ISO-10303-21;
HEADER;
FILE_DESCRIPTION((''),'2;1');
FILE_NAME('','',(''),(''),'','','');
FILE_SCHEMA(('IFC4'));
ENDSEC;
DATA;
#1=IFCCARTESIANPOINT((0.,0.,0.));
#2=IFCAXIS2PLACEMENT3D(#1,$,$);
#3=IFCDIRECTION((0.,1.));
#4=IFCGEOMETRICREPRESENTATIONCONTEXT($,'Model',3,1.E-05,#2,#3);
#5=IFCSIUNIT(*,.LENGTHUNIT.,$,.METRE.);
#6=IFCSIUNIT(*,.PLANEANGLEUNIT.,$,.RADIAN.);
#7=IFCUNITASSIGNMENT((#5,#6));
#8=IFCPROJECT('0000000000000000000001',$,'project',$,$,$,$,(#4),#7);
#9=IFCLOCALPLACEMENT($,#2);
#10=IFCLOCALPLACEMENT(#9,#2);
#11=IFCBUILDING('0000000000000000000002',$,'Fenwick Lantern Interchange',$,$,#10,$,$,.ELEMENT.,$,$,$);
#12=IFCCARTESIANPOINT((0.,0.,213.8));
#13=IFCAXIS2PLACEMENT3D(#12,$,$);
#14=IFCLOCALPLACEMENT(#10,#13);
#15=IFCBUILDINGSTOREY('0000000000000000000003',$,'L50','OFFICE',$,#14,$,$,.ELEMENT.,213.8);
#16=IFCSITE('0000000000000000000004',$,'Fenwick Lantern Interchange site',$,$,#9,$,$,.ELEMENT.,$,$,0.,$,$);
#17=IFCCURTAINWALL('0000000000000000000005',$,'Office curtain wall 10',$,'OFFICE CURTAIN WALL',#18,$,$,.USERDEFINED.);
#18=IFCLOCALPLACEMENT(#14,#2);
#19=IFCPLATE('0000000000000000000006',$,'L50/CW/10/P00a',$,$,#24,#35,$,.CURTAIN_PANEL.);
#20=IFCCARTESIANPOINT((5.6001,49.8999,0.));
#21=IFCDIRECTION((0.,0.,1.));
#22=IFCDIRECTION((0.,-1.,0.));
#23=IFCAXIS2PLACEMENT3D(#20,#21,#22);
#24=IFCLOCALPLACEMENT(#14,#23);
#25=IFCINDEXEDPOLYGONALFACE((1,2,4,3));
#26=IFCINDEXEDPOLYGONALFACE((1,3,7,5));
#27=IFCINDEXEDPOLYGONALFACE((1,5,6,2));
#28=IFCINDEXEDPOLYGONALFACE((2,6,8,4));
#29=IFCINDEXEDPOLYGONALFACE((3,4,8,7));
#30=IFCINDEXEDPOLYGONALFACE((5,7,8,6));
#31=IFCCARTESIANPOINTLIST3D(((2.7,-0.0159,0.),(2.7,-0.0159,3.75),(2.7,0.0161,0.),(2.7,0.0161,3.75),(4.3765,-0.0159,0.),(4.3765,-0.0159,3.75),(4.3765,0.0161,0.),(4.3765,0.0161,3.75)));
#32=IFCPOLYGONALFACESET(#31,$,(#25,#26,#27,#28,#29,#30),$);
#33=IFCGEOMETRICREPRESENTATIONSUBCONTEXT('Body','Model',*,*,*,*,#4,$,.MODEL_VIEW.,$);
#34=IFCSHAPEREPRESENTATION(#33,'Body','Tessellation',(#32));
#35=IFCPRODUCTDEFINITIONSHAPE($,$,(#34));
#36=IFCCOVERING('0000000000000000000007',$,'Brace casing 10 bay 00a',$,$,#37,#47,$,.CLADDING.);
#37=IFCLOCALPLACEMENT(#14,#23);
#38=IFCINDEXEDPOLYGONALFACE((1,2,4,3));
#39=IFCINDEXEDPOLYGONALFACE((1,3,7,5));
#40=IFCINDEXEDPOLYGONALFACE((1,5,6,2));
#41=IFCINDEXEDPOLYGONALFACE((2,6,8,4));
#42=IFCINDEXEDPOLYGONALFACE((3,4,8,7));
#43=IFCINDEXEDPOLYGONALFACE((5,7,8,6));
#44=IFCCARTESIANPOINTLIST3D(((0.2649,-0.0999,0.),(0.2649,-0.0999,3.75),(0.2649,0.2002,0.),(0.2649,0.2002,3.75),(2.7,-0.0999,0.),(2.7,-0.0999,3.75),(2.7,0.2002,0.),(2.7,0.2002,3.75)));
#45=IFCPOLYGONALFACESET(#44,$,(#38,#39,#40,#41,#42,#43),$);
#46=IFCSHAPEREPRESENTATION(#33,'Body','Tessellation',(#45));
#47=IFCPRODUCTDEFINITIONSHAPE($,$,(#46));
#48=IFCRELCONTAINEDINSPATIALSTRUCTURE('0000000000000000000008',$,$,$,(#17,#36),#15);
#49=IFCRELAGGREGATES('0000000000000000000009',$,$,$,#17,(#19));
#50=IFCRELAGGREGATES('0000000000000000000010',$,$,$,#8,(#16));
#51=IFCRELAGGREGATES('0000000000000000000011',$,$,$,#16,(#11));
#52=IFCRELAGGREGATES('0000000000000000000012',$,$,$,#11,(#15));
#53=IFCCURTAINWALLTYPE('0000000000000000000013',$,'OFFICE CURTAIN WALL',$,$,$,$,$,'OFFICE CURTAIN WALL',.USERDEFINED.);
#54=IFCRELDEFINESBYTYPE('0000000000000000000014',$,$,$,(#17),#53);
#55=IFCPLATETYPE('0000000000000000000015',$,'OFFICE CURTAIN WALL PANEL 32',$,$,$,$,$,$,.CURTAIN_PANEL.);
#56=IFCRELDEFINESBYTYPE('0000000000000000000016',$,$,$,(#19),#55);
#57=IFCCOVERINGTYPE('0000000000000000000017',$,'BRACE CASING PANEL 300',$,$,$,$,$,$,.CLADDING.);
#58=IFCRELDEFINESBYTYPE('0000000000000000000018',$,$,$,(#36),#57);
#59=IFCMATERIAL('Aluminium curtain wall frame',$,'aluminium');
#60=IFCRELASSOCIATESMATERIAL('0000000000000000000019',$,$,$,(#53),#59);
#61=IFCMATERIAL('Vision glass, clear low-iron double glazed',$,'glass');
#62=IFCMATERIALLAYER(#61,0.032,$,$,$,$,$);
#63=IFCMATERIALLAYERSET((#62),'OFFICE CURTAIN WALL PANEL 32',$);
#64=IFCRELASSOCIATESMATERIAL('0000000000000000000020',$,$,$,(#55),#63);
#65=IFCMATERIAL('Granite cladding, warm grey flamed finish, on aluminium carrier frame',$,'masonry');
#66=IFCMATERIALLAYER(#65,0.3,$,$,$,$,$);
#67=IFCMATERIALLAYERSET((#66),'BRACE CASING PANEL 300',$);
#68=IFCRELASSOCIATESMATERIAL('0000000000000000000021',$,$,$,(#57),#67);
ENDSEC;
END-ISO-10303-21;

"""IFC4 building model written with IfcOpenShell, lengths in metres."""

from ifc_helpers import new_model, si_unit, direction, frame, origin, place, context, subcontext, project, spatial, polyline, outline, extrude, material, layer, layer_set, type_object, element, aggregate, save


model = new_model("IFC4")

# Units and contexts
model_context = context("Model", 3, precision=1e-05, world=origin(), true_north=direction((0.0, 1.0)))
body_context = subcontext(model_context, "Body", "Model", "MODEL_VIEW")
ifc_project = project(units=[si_unit("LENGTHUNIT", "METRE"), si_unit("PLANEANGLEUNIT", "RADIAN")], contexts=[model_context])

# Site, building, storey
site_placement = place(None, origin())
site = spatial("IfcSite", under=ifc_project, at=site_placement, Name="Fenwick Lantern Interchange site", CompositionType="ELEMENT", RefElevation=0.0)
building_placement = place(site_placement, origin())
building = spatial("IfcBuilding", under=site, at=building_placement, Name="Fenwick Lantern Interchange", CompositionType="ELEMENT")
storey_placement = place(building_placement, frame((0.0, 0.0, 213.8)))
storey = spatial("IfcBuildingStorey", under=building, at=storey_placement, Name="L50", Description="OFFICE", CompositionType="ELEMENT", Elevation=213.8)

# Curtain wall
ifc_material_1 = material(Name="Aluminium curtain wall frame", Category="aluminium")
curtain_wall_type = type_object("IfcCurtainWallType", Name="OFFICE CURTAIN WALL", ElementType="OFFICE CURTAIN WALL", PredefinedType="USERDEFINED", material=ifc_material_1)
curtain_wall_1_placement = place(storey_placement, origin())
curtain_wall_1 = element("IfcCurtainWall", 1, at=curtain_wall_1_placement, inside=storey, type_object=curtain_wall_type, Name="Office curtain wall 10", ObjectType="OFFICE CURTAIN WALL", PredefinedType="USERDEFINED")

# Plate
ifc_material_2 = material(Name="Vision glass, clear low-iron double glazed", Category="glass")
ifc_layer_1 = layer(ifc_material_2, 0.032)
ifc_layer_set_1 = layer_set([ifc_layer_1], Name="OFFICE CURTAIN WALL PANEL 32")
plate_type = type_object("IfcPlateType", Name="OFFICE CURTAIN WALL PANEL 32", PredefinedType="CURTAIN_PANEL", material=ifc_layer_set_1)
plate_1_placement = place(storey_placement, frame((5.6001, 49.8999, 0.0), z_axis=(0.0, 0.0, 1.0), x_axis=(0.0, -1.0, 0.0)))
plate_1 = element("IfcPlate", 2, at=plate_1_placement, type_object=plate_type, Name="L50/CW/10/P00a", PredefinedType="CURTAIN_PANEL", context=body_context, shape_type="SweptSolid", body=[
    extrude(outline(polyline([(2.7, 0.0), (4.3765, 0.0), (4.3765, 3.75), (2.7, 3.75), (2.7, 0.0)])), frame((0.0, 0.0161, 0.0), z_axis=(0.0, -1.0, 0.0), x_axis=(1.0, 0.0, 0.0)), (0.0, 0.0, 1.0), 0.032),
])
aggregate(curtain_wall_1, [plate_1])

# Covering
ifc_material_3 = material(Name="Granite cladding, warm grey flamed finish, on aluminium carrier frame", Category="masonry")
ifc_layer_2 = layer(ifc_material_3, 0.3)
ifc_layer_set_2 = layer_set([ifc_layer_2], Name="BRACE CASING PANEL 300")
covering_type = type_object("IfcCoveringType", Name="BRACE CASING PANEL 300", PredefinedType="CLADDING", material=ifc_layer_set_2)
covering_placement = place(storey_placement, frame((5.6001, 49.8999, 0.0), z_axis=(0.0, 0.0, 1.0), x_axis=(0.0, -1.0, 0.0)))
element("IfcCovering", 3, at=covering_placement, inside=storey, type_object=covering_type, Name="Brace casing 10 bay 00a", PredefinedType="CLADDING", context=body_context, shape_type="SweptSolid", body=[
    extrude(outline(polyline([(0.2649, 0.0), (2.7, 0.0), (2.7, 3.75), (0.2649, 3.75), (0.2649, 0.0)])), frame((0.0, 0.2002, 0.0), z_axis=(0.0, -1.0, 0.0), x_axis=(1.0, 0.0, 0.0)), (0.0, 0.0, 1.0), 0.3),
])

save(model, "model.ifc")
